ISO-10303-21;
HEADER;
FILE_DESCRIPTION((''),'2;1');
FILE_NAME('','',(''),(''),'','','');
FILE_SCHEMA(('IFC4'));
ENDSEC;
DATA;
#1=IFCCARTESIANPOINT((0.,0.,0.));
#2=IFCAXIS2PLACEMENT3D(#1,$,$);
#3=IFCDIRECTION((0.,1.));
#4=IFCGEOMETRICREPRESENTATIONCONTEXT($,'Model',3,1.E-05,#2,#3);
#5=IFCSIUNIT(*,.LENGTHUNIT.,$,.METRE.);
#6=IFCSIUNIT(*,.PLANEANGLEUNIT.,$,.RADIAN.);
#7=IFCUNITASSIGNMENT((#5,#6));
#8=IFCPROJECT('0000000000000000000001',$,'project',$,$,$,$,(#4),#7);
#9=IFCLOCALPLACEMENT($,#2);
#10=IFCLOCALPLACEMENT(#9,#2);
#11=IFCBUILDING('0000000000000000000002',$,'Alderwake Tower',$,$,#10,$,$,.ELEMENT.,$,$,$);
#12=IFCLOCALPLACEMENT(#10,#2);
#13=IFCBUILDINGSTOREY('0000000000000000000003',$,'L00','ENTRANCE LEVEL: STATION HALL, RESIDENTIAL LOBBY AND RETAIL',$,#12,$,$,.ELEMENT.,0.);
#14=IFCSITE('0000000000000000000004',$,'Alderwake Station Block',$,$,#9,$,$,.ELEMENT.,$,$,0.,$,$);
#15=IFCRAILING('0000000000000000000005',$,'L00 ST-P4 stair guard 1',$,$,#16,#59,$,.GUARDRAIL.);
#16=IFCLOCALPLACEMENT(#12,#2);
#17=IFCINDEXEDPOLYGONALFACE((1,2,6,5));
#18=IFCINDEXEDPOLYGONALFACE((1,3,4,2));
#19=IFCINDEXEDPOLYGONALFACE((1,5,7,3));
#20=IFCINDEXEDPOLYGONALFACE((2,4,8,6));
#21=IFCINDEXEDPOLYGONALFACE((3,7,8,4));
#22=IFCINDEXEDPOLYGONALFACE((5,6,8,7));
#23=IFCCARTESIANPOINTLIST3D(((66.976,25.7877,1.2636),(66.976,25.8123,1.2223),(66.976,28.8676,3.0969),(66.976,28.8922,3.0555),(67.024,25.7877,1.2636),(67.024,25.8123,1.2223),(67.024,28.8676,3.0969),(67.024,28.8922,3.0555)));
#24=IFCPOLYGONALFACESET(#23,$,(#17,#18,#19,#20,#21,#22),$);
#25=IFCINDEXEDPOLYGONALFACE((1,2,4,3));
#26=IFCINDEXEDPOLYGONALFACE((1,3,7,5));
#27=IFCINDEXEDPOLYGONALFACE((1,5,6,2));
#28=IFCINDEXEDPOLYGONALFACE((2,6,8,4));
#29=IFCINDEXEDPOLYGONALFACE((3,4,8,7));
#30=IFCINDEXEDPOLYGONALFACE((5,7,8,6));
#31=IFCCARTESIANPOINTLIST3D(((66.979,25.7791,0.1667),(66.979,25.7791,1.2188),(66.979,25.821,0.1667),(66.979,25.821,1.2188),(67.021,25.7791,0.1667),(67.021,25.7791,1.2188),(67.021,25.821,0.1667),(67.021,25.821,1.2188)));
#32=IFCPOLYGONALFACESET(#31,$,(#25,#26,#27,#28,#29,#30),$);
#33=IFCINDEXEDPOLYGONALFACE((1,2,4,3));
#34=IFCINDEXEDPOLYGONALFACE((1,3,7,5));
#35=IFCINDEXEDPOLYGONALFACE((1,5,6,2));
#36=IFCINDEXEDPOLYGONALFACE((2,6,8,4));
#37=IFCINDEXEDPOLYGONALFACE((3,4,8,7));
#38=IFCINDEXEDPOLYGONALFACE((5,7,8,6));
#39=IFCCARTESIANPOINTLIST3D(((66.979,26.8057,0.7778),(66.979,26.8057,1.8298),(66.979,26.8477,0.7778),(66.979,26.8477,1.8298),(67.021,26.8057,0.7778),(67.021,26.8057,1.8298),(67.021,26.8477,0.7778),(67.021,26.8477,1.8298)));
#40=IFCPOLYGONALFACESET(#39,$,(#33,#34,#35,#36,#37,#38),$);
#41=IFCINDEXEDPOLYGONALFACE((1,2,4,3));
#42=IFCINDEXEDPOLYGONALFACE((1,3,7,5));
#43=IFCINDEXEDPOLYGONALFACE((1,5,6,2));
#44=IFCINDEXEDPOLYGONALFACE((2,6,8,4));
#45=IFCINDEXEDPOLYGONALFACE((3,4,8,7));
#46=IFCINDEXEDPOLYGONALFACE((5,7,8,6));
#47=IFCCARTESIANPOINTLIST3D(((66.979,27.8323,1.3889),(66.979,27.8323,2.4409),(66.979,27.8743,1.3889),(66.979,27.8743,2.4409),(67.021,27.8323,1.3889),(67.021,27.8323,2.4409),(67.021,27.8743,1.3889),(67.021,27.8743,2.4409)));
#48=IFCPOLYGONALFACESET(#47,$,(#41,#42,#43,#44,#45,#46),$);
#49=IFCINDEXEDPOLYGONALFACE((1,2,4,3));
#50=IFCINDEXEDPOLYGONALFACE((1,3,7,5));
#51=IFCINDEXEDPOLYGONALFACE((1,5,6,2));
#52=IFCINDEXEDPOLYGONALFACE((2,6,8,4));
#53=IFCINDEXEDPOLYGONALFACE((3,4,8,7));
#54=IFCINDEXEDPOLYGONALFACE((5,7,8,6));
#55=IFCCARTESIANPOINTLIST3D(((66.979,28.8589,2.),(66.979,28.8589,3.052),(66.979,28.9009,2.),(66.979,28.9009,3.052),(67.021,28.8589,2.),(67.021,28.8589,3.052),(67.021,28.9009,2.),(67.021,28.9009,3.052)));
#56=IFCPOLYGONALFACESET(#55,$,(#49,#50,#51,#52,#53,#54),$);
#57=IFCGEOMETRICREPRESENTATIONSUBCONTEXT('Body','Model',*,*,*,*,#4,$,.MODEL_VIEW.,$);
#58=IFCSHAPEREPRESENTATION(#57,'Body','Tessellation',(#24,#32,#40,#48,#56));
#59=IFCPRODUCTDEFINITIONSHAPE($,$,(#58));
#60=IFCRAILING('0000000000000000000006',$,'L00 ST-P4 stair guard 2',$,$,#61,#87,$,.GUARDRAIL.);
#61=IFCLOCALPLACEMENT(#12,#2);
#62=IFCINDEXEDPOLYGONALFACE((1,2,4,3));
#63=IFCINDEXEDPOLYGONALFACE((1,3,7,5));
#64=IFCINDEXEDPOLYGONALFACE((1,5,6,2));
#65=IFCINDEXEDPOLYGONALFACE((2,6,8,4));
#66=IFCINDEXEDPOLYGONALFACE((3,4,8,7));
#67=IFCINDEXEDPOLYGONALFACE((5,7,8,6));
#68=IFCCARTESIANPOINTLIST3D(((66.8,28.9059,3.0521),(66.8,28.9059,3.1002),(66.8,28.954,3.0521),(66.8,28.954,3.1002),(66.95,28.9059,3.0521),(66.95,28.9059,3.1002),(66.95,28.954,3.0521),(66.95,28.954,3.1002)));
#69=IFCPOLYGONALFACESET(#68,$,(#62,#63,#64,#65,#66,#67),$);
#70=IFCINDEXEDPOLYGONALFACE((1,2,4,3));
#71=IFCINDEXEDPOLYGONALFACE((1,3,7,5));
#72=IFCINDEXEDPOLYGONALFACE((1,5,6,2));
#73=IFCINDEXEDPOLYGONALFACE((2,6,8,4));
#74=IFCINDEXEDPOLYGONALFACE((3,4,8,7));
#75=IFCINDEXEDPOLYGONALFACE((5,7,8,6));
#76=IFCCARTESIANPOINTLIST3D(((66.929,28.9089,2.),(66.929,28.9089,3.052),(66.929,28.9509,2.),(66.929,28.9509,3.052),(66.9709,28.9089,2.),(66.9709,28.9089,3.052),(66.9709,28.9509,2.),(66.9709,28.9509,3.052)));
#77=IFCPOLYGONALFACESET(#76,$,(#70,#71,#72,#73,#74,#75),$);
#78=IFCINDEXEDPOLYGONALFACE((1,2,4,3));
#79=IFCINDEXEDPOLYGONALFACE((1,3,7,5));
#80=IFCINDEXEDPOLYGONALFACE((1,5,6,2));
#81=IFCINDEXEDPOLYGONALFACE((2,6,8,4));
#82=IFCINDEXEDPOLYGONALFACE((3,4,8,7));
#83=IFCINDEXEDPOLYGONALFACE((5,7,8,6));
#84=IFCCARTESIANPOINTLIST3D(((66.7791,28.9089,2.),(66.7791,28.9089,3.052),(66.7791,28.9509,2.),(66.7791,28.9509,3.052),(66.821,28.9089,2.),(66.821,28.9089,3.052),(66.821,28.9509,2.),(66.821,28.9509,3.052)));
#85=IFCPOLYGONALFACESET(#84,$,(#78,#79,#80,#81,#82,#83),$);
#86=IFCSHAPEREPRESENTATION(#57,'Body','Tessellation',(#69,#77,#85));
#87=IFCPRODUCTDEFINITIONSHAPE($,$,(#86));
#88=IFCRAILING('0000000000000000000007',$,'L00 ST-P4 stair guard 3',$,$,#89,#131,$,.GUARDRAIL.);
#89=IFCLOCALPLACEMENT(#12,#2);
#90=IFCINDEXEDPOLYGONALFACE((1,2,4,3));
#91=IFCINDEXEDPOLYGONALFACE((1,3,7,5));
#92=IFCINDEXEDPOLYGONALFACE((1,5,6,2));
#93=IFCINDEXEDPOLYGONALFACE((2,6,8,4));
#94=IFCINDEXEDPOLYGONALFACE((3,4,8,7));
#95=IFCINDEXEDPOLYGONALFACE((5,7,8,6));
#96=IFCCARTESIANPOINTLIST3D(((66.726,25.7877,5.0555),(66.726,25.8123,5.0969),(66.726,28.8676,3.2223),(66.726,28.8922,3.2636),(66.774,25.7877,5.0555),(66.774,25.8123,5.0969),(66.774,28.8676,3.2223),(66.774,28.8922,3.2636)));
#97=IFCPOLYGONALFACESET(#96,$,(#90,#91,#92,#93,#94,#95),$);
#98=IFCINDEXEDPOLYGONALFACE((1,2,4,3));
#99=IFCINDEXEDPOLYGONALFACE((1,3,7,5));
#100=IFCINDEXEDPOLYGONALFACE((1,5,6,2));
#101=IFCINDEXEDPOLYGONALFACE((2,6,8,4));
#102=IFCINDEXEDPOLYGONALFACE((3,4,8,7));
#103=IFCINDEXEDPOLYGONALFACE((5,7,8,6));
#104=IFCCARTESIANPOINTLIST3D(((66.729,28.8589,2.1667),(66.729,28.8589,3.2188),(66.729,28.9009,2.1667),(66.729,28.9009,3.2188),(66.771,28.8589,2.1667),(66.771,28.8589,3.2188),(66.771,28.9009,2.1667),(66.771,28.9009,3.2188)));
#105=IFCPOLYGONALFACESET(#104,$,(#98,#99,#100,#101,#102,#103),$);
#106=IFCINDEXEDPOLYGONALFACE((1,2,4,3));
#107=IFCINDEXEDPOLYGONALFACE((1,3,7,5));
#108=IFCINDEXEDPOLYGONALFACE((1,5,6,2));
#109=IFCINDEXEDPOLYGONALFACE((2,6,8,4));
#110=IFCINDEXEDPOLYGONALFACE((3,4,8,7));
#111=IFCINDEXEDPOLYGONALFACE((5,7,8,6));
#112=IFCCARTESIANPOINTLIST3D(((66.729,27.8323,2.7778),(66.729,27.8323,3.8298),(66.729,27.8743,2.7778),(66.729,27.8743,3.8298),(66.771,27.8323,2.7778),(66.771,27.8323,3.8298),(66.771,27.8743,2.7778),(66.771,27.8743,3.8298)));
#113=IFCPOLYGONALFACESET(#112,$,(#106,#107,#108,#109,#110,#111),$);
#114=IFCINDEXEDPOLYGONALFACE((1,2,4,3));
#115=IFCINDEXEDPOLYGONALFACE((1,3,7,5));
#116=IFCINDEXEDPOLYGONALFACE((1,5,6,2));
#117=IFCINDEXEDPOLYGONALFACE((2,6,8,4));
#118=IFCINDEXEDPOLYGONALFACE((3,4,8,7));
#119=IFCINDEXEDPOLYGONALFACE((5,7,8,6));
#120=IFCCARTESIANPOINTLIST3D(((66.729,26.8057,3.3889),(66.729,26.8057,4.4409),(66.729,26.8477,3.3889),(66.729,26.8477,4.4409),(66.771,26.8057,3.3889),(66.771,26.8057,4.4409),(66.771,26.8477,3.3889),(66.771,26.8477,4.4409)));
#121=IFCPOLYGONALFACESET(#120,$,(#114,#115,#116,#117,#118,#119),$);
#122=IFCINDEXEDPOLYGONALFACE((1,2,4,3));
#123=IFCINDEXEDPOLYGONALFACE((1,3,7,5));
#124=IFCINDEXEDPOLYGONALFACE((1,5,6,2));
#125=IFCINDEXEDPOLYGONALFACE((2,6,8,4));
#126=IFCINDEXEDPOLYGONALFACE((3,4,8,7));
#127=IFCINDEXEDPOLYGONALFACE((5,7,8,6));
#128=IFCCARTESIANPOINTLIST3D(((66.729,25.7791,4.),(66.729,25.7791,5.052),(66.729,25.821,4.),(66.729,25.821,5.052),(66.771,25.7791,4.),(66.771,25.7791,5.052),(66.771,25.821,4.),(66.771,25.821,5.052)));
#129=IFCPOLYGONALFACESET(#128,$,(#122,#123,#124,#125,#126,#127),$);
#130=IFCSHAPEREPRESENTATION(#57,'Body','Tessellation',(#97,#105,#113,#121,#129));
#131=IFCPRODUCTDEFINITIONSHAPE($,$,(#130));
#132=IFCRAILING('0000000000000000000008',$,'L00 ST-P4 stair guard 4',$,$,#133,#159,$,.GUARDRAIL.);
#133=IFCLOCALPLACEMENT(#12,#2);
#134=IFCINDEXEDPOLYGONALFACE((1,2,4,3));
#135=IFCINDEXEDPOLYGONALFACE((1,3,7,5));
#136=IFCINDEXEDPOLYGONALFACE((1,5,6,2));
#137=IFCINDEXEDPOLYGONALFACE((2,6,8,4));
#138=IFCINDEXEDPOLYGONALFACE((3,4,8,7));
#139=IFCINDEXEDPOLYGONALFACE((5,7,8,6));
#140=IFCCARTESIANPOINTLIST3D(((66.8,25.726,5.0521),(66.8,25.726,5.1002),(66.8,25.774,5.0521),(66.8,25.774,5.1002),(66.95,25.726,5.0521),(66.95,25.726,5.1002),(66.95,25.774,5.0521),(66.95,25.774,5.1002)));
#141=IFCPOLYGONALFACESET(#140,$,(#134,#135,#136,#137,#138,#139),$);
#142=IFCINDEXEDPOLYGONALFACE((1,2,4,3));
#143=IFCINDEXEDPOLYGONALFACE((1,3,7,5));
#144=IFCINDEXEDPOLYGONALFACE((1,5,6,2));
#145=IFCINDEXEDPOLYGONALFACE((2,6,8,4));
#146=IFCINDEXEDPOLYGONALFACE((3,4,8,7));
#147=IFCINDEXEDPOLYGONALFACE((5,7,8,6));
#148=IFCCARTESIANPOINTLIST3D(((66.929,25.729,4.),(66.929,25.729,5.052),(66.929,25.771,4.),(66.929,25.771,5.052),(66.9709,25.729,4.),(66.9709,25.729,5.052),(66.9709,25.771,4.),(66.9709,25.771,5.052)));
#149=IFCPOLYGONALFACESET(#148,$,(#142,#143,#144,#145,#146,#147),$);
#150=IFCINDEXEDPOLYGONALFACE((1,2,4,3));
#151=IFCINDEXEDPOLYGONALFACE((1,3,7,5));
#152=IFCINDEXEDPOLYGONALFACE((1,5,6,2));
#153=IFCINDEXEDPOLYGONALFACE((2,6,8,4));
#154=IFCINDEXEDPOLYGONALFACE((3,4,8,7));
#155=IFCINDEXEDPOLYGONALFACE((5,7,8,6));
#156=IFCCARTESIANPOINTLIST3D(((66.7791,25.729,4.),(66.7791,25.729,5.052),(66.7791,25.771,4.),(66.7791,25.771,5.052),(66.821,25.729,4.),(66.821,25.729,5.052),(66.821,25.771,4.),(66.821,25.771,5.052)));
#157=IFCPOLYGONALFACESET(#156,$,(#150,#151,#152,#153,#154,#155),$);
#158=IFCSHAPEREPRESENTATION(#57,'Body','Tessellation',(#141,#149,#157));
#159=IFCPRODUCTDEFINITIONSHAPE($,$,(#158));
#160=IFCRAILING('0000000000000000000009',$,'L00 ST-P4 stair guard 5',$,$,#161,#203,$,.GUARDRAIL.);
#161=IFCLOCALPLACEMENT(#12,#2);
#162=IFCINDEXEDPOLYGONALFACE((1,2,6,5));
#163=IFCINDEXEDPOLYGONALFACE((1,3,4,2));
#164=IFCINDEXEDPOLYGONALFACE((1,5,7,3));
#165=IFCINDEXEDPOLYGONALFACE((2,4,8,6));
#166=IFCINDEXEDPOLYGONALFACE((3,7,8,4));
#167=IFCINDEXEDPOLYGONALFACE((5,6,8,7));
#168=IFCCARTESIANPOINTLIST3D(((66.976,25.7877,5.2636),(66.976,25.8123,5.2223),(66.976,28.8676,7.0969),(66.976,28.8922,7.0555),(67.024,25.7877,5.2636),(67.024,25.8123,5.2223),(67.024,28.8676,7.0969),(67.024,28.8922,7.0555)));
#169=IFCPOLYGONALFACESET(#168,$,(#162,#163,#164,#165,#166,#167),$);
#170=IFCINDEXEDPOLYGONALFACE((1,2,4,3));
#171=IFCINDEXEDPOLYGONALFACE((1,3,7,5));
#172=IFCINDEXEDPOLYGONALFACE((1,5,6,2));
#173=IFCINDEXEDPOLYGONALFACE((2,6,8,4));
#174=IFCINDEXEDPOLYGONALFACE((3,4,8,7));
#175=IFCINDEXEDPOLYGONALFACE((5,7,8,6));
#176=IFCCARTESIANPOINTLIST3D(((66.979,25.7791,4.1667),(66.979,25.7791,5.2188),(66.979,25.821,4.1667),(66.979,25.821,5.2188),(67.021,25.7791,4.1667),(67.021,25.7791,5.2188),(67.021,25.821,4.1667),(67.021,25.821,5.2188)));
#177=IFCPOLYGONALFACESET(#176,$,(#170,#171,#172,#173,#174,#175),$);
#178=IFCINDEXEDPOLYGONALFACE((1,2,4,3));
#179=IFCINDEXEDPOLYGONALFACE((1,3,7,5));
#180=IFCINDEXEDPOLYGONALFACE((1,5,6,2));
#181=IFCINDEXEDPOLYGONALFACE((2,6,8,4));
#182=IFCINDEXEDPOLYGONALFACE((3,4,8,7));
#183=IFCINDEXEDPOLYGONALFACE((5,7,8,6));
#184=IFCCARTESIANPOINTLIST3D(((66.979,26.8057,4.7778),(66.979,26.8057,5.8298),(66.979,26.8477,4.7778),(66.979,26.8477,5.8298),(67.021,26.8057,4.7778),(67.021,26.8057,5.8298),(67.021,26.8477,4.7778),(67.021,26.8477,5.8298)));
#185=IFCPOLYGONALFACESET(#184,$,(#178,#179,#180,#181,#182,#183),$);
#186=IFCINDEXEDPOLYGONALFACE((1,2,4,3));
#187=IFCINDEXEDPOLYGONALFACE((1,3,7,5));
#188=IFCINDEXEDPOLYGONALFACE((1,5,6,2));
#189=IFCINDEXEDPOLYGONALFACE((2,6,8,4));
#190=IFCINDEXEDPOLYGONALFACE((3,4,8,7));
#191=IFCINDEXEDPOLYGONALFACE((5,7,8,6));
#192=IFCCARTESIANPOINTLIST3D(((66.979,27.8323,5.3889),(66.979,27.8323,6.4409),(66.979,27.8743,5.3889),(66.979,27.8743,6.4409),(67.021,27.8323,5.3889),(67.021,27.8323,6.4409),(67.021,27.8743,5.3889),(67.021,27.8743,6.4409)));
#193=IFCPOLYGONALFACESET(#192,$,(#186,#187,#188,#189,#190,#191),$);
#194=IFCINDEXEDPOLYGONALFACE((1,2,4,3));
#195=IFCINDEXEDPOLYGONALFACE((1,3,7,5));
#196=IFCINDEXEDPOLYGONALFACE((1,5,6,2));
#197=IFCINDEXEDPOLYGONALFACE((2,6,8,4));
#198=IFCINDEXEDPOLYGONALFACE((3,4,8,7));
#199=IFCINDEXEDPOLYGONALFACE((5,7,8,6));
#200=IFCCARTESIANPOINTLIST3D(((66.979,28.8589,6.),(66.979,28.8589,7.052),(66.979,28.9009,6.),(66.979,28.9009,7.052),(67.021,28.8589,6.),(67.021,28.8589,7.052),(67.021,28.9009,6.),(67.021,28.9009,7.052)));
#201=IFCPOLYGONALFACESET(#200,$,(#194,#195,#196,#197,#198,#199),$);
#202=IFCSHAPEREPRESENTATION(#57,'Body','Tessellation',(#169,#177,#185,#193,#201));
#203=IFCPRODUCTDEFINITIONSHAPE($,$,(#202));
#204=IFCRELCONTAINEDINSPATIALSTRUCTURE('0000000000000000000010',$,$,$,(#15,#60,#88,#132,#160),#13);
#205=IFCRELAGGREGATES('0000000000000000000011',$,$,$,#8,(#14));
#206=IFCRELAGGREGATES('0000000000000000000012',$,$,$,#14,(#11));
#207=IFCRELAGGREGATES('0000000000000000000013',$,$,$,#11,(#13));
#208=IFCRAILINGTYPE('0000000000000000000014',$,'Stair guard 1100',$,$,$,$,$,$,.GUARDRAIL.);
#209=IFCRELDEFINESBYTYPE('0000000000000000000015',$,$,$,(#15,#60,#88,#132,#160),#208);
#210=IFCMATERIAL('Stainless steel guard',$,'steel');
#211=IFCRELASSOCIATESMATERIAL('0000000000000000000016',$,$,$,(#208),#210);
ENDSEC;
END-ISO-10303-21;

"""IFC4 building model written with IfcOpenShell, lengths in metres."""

from ifc_helpers import new_model, si_unit, direction, frame, origin, origin_2d, place, context, subcontext, project, spatial, rectangle, extrude, material, type_object, element, save


model = new_model("IFC4")

# Units and contexts
model_context = context("Model", 3, precision=1e-05, world=origin(), true_north=direction((0.0, 1.0)))
body_context = subcontext(model_context, "Body", "Model", "MODEL_VIEW")
ifc_project = project(units=[si_unit("LENGTHUNIT", "METRE"), si_unit("PLANEANGLEUNIT", "RADIAN")], contexts=[model_context])

# Site, building, storey
site_placement = place(None, origin())
site = spatial("IfcSite", under=ifc_project, at=site_placement, Name="Alderwake Station Block", CompositionType="ELEMENT", RefElevation=0.0)
building_placement = place(site_placement, origin())
building = spatial("IfcBuilding", under=site, at=building_placement, Name="Alderwake Tower", CompositionType="ELEMENT")
storey_placement = place(building_placement, origin())
storey = spatial("IfcBuildingStorey", under=building, at=storey_placement, Name="L00", Description="ENTRANCE LEVEL: STATION HALL, RESIDENTIAL LOBBY AND RETAIL", CompositionType="ELEMENT", Elevation=0.0)

# Railings
ifc_material_1 = material(Name="Stainless steel guard", Category="steel")
railing_type_1 = type_object("IfcRailingType", Name="Stair guard 1100", PredefinedType="GUARDRAIL", material=ifc_material_1)
railing_1_placement = place(storey_placement, frame((67.0, 25.8, 0.1667)))
element("IfcRailing", 1, at=railing_1_placement, inside=storey, type_object=railing_type_1, Name="L00 ST-P4 stair guard 1", PredefinedType="GUARDRAIL", context=body_context, shape_type="SweptSolid", body=[
    extrude(rectangle(XDim=0.0481, YDim=0.0481, at=origin_2d()), frame((0.0, 0.0, 1.0762), z_axis=(0.0, 0.859291, 0.511487), x_axis=(-1.0, 0.0, 0.0)), (0.0, 0.0, 1.0), 3.5842),
    extrude(rectangle(XDim=0.042, YDim=0.042, at=origin_2d()), frame((0.0, 0.0, 0.0), z_axis=(0.0, 0.0, 1.0), x_axis=(0.0, 1.0, 0.0)), (0.0, 0.0, 1.0), 1.052),
    extrude(rectangle(XDim=0.042, YDim=0.042, at=origin_2d()), frame((0.0, 1.0266, 0.6111), z_axis=(0.0, 0.0, 1.0), x_axis=(0.0, 1.0, 0.0)), (0.0, 0.0, 1.0), 1.052),
    extrude(rectangle(XDim=0.042, YDim=0.042, at=origin_2d()), frame((0.0, 2.0532, 1.2222), z_axis=(0.0, 0.0, 1.0), x_axis=(0.0, 1.0, 0.0)), (0.0, 0.0, 1.0), 1.052),
    extrude(rectangle(XDim=0.042, YDim=0.042, at=origin_2d()), frame((0.0, 3.0798, 1.8333), z_axis=(0.0, 0.0, 1.0), x_axis=(0.0, 1.0, 0.0)), (0.0, 0.0, 1.0), 1.052),
])
railing_2_placement = place(storey_placement, frame((66.95, 28.9299, 2.0)))
element("IfcRailing", 2, at=railing_2_placement, inside=storey, type_object=railing_type_1, Name="L00 ST-P4 stair guard 2", PredefinedType="GUARDRAIL", context=body_context, shape_type="SweptSolid", body=[
    extrude(rectangle(XDim=0.0481, YDim=0.0481, at=origin_2d()), frame((0.0, 0.0, 1.0762), z_axis=(-1.0, 0.0, 0.0), x_axis=(0.0, -1.0, 0.0)), (0.0, 0.0, 1.0), 0.1499),
    extrude(rectangle(XDim=0.042, YDim=0.042, at=origin_2d()), frame((0.0, 0.0, 0.0), z_axis=(0.0, 0.0, 1.0), x_axis=(-1.0, 0.0, 0.0)), (0.0, 0.0, 1.0), 1.052),
    extrude(rectangle(XDim=0.042, YDim=0.042, at=origin_2d()), frame((-0.1499, 0.0, 0.0), z_axis=(0.0, 0.0, 1.0), x_axis=(-1.0, 0.0, 0.0)), (0.0, 0.0, 1.0), 1.052),
])
railing_3_placement = place(storey_placement, frame((66.75, 28.8799, 2.1667)))
element("IfcRailing", 3, at=railing_3_placement, inside=storey, type_object=railing_type_1, Name="L00 ST-P4 stair guard 3", PredefinedType="GUARDRAIL", context=body_context, shape_type="SweptSolid", body=[
    extrude(rectangle(XDim=0.0481, YDim=0.0481, at=origin_2d()), frame((0.0, 0.0, 1.0762), z_axis=(0.0, -0.859291, 0.511487), x_axis=(1.0, 0.0, 0.0)), (0.0, 0.0, 1.0), 3.5842),
    extrude(rectangle(XDim=0.042, YDim=0.042, at=origin_2d()), frame((0.0, 0.0, 0.0), z_axis=(0.0, 0.0, 1.0), x_axis=(0.0, -1.0, 0.0)), (0.0, 0.0, 1.0), 1.052),
    extrude(rectangle(XDim=0.042, YDim=0.042, at=origin_2d()), frame((0.0, -1.0266, 0.6111), z_axis=(0.0, 0.0, 1.0), x_axis=(0.0, -1.0, 0.0)), (0.0, 0.0, 1.0), 1.052),
    extrude(rectangle(XDim=0.042, YDim=0.042, at=origin_2d()), frame((0.0, -2.0532, 1.2222), z_axis=(0.0, 0.0, 1.0), x_axis=(0.0, -1.0, 0.0)), (0.0, 0.0, 1.0), 1.052),
    extrude(rectangle(XDim=0.042, YDim=0.042, at=origin_2d()), frame((0.0, -3.0798, 1.8333), z_axis=(0.0, 0.0, 1.0), x_axis=(0.0, -1.0, 0.0)), (0.0, 0.0, 1.0), 1.052),
])
railing_4_placement = place(storey_placement, frame((66.95, 25.75, 4.0)))
element("IfcRailing", 4, at=railing_4_placement, inside=storey, type_object=railing_type_1, Name="L00 ST-P4 stair guard 4", PredefinedType="GUARDRAIL", context=body_context, shape_type="SweptSolid", body=[
    extrude(rectangle(XDim=0.0481, YDim=0.0481, at=origin_2d()), frame((0.0, 0.0, 1.0762), z_axis=(-1.0, 0.0, 0.0), x_axis=(0.0, -1.0, 0.0)), (0.0, 0.0, 1.0), 0.1499),
    extrude(rectangle(XDim=0.042, YDim=0.042, at=origin_2d()), frame((0.0, 0.0, 0.0), z_axis=(0.0, 0.0, 1.0), x_axis=(-1.0, 0.0, 0.0)), (0.0, 0.0, 1.0), 1.052),
    extrude(rectangle(XDim=0.042, YDim=0.042, at=origin_2d()), frame((-0.1499, 0.0, 0.0), z_axis=(0.0, 0.0, 1.0), x_axis=(-1.0, 0.0, 0.0)), (0.0, 0.0, 1.0), 1.052),
])
railing_5_placement = place(storey_placement, frame((67.0, 25.8, 4.1667)))
element("IfcRailing", 5, at=railing_5_placement, inside=storey, type_object=railing_type_1, Name="L00 ST-P4 stair guard 5", PredefinedType="GUARDRAIL", context=body_context, shape_type="SweptSolid", body=[
    extrude(rectangle(XDim=0.0481, YDim=0.0481, at=origin_2d()), frame((0.0, 0.0, 1.0762), z_axis=(0.0, 0.859291, 0.511487), x_axis=(-1.0, 0.0, 0.0)), (0.0, 0.0, 1.0), 3.5842),
    extrude(rectangle(XDim=0.042, YDim=0.042, at=origin_2d()), frame((0.0, 0.0, 0.0), z_axis=(0.0, 0.0, 1.0), x_axis=(0.0, 1.0, 0.0)), (0.0, 0.0, 1.0), 1.052),
    extrude(rectangle(XDim=0.042, YDim=0.042, at=origin_2d()), frame((0.0, 1.0266, 0.6111), z_axis=(0.0, 0.0, 1.0), x_axis=(0.0, 1.0, 0.0)), (0.0, 0.0, 1.0), 1.052),
    extrude(rectangle(XDim=0.042, YDim=0.042, at=origin_2d()), frame((0.0, 2.0532, 1.2222), z_axis=(0.0, 0.0, 1.0), x_axis=(0.0, 1.0, 0.0)), (0.0, 0.0, 1.0), 1.052),
    extrude(rectangle(XDim=0.042, YDim=0.042, at=origin_2d()), frame((0.0, 3.0798, 1.8333), z_axis=(0.0, 0.0, 1.0), x_axis=(0.0, 1.0, 0.0)), (0.0, 0.0, 1.0), 1.052),
])

save(model, "model.ifc")
